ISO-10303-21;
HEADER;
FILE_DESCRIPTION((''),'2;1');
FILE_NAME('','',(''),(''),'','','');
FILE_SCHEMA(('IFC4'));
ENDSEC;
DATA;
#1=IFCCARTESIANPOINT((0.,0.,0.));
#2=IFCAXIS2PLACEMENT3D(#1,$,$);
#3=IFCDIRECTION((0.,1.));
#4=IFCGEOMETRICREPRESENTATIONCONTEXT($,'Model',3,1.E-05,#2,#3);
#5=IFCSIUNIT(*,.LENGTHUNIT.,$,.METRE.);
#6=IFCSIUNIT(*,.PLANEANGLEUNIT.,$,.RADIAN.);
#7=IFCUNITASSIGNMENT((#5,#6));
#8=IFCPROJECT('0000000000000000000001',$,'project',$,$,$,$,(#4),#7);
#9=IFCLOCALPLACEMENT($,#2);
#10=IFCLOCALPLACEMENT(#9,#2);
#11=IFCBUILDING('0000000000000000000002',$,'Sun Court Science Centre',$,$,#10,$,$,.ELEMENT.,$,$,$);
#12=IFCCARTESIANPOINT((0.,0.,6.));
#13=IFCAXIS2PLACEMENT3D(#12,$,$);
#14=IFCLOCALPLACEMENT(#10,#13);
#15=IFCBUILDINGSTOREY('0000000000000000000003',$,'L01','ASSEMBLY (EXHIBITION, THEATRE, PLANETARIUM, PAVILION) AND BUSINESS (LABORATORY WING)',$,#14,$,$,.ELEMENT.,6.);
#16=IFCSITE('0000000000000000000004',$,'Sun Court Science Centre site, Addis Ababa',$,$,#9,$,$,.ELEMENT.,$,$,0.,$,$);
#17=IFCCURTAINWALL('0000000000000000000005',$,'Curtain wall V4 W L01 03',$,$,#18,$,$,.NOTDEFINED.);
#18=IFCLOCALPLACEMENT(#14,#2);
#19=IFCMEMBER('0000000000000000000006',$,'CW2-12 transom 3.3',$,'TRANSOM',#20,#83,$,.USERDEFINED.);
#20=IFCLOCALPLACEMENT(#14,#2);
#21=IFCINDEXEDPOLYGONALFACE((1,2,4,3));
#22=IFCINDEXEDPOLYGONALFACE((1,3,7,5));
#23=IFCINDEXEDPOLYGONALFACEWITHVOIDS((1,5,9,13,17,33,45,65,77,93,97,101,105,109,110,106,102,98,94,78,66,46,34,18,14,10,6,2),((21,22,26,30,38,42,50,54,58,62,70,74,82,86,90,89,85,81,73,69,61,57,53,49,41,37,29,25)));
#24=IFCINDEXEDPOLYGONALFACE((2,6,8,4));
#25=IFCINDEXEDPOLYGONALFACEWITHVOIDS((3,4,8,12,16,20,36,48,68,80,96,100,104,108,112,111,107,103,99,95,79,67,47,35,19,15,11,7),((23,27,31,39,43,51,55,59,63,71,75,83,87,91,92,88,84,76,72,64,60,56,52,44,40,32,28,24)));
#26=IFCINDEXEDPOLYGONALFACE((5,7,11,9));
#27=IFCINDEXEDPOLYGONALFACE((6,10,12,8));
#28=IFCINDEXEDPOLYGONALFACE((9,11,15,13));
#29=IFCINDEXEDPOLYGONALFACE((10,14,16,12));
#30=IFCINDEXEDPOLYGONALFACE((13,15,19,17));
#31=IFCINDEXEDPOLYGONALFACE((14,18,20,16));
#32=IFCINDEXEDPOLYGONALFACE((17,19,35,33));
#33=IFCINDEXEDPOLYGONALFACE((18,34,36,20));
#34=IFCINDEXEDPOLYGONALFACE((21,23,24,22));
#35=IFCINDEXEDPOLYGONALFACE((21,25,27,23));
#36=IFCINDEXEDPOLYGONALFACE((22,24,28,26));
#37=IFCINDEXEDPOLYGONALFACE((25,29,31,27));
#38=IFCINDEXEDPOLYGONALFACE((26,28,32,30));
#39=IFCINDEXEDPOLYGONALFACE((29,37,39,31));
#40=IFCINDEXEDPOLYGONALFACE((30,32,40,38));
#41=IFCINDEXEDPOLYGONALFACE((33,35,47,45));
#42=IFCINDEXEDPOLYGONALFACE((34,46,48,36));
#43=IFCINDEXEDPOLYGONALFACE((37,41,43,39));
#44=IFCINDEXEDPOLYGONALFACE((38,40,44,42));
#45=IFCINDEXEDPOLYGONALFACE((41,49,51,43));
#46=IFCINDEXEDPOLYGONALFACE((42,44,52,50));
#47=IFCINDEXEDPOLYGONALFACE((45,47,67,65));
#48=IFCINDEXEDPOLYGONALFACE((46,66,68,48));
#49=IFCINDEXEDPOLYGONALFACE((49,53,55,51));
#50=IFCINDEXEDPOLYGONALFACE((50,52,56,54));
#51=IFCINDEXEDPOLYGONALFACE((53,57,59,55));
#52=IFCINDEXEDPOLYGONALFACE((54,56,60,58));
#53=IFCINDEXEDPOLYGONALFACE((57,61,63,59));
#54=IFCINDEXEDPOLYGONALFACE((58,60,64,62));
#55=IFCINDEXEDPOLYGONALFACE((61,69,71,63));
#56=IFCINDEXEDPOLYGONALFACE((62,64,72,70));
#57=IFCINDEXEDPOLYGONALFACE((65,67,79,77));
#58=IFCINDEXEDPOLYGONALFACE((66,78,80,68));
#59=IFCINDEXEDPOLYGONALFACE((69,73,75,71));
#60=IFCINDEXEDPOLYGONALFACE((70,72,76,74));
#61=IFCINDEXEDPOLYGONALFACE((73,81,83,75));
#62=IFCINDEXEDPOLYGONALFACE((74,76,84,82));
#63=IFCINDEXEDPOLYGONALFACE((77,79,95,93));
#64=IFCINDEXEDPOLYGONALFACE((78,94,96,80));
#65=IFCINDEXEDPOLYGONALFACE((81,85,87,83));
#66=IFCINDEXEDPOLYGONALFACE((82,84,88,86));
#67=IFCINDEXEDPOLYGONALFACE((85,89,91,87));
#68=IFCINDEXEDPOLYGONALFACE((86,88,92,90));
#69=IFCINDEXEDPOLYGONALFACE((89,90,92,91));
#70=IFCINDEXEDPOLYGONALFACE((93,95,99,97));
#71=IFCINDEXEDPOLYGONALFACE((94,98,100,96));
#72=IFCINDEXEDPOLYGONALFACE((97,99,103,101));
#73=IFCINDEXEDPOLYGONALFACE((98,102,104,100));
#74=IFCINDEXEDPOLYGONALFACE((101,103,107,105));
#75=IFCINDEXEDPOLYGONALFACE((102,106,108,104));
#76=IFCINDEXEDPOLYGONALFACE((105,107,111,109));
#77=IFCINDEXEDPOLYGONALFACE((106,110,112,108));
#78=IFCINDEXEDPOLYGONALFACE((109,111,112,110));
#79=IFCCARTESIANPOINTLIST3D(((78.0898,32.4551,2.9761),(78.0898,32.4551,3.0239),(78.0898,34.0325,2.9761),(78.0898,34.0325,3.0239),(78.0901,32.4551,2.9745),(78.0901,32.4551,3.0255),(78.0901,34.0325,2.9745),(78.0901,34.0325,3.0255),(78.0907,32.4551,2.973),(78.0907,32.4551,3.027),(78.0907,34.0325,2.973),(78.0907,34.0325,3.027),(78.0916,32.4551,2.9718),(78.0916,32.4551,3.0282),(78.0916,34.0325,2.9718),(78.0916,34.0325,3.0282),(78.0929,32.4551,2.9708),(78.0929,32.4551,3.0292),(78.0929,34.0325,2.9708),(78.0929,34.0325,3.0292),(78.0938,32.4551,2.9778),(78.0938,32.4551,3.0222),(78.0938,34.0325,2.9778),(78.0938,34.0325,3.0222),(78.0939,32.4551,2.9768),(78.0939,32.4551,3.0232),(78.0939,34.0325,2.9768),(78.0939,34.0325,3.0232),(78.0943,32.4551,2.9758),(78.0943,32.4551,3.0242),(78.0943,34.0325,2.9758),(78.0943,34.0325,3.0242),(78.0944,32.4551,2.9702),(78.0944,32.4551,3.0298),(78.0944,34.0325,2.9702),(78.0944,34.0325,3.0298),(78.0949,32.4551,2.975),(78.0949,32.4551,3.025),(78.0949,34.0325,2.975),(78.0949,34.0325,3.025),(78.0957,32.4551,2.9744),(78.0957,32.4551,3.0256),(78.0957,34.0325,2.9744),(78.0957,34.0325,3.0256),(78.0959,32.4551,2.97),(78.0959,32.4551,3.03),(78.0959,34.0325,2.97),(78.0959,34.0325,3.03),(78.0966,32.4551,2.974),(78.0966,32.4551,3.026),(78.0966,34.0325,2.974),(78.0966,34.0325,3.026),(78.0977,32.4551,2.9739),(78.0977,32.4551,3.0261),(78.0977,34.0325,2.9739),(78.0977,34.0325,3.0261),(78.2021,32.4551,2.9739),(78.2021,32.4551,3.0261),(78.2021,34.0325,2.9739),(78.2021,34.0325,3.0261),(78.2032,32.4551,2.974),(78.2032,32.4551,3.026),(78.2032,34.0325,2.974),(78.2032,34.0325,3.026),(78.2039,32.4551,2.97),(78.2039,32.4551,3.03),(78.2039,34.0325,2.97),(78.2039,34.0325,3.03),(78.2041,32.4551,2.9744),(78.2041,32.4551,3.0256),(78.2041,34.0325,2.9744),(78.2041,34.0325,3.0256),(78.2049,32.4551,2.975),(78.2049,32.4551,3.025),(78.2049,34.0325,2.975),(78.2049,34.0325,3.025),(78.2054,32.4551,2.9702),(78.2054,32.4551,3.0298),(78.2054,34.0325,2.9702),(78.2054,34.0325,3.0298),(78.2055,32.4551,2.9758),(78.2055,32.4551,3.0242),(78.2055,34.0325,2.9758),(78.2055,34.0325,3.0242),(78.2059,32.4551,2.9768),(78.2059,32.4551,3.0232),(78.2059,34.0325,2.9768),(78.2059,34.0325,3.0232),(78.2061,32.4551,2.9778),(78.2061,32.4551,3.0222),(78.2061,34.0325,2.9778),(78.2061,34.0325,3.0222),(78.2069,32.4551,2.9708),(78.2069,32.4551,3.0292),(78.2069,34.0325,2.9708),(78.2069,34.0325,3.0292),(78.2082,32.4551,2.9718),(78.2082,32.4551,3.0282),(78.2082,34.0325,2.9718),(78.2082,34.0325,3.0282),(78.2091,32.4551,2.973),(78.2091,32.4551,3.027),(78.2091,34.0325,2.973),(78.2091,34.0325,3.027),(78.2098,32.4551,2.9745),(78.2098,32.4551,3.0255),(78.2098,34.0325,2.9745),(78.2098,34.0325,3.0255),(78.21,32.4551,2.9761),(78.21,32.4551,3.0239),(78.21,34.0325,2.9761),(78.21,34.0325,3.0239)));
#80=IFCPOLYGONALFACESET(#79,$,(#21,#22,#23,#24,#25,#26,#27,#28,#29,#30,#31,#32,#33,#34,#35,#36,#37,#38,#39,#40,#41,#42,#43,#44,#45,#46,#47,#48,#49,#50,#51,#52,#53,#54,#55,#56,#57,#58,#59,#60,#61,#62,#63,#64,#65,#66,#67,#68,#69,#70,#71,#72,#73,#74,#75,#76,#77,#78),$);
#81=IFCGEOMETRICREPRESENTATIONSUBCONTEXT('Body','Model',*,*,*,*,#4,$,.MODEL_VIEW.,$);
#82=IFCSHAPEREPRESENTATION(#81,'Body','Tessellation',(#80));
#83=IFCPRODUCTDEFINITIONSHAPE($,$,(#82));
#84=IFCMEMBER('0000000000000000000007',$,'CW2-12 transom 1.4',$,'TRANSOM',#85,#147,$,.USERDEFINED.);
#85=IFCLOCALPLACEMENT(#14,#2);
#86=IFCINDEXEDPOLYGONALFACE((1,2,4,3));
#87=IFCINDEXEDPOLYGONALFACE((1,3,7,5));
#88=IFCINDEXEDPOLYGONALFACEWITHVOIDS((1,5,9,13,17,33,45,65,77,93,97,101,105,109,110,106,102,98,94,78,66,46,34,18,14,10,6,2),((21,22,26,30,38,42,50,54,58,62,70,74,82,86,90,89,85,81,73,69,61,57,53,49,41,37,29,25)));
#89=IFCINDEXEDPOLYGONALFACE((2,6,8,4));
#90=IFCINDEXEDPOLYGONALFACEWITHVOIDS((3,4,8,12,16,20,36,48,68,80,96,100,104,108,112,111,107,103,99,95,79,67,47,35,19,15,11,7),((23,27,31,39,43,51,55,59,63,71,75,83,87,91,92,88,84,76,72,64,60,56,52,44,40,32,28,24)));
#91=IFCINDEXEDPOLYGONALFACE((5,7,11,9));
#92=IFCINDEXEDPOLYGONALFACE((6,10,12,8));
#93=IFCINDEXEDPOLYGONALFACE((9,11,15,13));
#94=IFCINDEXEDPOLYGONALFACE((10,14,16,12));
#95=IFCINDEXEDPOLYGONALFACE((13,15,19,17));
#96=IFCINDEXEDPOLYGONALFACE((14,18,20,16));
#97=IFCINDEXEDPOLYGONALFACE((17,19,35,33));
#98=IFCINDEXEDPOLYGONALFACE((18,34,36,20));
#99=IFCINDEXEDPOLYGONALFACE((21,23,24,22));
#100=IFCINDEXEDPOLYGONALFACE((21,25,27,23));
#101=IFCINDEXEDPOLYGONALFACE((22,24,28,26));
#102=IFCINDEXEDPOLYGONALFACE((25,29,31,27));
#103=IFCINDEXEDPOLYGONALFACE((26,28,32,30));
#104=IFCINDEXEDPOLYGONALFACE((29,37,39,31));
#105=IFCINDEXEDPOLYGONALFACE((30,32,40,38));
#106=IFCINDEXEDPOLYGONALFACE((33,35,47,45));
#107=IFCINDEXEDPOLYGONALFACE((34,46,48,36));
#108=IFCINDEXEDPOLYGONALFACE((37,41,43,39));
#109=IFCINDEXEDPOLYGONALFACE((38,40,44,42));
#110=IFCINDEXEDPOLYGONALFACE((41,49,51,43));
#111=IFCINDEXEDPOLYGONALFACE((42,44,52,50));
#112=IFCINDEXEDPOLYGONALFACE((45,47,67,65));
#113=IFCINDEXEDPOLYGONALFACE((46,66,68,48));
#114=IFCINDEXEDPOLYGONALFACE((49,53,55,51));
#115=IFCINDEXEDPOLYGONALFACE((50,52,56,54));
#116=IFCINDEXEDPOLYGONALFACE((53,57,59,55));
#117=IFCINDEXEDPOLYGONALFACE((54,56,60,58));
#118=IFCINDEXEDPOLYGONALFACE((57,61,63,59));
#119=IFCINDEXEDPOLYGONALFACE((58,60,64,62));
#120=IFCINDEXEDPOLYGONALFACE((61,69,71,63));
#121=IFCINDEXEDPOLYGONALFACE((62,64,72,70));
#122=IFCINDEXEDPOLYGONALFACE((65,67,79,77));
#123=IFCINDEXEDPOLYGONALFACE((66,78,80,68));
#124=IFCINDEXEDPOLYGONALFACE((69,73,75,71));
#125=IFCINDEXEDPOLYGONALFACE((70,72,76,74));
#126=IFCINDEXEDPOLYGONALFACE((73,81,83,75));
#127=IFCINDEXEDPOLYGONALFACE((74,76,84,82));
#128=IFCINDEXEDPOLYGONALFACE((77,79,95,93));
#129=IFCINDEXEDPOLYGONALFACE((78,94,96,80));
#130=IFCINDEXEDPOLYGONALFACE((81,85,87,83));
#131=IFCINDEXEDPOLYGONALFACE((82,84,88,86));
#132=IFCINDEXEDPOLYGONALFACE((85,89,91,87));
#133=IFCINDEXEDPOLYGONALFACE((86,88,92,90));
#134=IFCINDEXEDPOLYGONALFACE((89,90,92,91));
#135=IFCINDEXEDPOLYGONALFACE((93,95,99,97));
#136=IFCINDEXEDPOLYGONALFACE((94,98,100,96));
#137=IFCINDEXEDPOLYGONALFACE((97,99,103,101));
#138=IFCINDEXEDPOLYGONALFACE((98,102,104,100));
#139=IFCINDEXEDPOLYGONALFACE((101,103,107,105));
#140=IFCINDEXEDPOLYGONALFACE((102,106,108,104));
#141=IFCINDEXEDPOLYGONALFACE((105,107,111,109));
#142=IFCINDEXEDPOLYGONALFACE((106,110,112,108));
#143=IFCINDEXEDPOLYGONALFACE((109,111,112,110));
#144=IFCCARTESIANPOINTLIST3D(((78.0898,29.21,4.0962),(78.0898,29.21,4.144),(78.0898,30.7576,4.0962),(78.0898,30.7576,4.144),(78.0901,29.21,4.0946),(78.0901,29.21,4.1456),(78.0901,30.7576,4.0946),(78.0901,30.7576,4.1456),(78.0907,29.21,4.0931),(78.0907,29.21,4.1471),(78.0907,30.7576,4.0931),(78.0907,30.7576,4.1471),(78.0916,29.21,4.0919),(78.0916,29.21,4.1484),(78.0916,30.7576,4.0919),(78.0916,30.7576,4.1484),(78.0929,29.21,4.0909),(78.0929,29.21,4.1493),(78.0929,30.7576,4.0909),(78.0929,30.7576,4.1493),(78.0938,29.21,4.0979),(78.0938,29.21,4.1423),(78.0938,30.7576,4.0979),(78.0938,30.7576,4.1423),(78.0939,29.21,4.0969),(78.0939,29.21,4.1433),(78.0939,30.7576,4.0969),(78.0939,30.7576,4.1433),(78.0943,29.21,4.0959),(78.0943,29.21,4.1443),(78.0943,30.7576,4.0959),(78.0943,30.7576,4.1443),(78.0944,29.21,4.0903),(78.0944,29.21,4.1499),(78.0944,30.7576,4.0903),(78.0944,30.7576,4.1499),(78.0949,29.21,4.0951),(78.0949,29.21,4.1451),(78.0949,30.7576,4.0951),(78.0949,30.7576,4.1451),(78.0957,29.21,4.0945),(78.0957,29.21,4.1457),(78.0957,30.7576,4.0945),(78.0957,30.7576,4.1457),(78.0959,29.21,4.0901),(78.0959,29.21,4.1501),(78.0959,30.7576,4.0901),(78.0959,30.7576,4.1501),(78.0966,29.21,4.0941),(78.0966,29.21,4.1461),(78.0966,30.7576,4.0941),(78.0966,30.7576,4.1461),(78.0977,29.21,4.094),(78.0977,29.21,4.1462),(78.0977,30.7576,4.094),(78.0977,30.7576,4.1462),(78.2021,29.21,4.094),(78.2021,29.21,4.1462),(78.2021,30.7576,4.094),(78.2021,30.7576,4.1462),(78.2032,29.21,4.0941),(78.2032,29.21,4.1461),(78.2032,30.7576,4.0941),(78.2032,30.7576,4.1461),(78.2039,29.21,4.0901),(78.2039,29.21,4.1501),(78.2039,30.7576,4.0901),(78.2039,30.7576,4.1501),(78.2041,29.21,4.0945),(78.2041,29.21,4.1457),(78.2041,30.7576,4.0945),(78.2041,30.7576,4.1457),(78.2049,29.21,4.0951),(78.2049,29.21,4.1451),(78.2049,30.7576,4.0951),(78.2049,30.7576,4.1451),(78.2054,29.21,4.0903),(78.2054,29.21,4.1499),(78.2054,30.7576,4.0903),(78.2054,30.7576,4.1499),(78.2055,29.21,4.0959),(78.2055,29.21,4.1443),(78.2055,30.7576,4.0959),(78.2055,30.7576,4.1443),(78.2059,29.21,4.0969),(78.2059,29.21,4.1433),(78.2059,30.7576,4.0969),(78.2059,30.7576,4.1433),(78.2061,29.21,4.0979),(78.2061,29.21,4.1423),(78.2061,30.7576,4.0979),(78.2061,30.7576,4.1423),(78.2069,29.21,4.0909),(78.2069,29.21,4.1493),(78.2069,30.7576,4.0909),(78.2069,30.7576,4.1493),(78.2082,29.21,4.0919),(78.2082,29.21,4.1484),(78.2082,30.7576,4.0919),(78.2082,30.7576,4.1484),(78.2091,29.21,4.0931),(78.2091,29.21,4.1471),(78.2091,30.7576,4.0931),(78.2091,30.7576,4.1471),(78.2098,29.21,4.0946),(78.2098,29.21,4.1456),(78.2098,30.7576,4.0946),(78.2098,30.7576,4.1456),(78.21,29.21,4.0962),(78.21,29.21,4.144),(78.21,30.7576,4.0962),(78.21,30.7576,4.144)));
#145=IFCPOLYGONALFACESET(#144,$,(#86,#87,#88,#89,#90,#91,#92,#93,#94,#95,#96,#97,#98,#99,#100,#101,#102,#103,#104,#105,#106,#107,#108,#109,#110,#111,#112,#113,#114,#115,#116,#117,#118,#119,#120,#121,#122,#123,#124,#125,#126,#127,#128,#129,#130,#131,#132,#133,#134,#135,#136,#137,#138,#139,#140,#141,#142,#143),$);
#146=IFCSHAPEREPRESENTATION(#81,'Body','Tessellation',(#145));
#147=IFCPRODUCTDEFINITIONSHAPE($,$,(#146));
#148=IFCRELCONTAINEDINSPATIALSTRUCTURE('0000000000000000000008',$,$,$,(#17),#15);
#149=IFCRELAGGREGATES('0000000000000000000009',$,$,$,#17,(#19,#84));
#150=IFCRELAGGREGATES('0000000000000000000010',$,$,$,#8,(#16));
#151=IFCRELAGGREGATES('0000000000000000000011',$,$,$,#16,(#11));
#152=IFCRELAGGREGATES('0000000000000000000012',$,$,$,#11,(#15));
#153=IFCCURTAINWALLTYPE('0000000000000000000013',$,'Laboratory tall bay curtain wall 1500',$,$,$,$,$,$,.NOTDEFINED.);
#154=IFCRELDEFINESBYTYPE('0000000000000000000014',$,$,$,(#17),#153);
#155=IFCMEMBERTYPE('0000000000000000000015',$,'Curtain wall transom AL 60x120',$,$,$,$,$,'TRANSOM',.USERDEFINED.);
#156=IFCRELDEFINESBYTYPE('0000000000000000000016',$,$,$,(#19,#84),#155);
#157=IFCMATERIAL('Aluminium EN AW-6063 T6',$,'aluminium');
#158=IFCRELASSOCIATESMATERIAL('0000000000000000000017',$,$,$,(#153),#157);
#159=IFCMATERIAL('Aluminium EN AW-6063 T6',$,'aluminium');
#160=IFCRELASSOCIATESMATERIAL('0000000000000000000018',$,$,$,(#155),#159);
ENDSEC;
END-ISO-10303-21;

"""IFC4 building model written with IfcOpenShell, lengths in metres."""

from ifc_helpers import new_model, si_unit, direction, frame, origin, origin_2d, place, context, subcontext, project, spatial, hollow_rectangle, extrude, material, material_profile, profile_set, type_object, element, aggregate, save


model = new_model("IFC4")

# Units and contexts
model_context = context("Model", 3, precision=1e-05, world=origin(), true_north=direction((0.0, 1.0)))
body_context = subcontext(model_context, "Body", "Model", "MODEL_VIEW")
ifc_project = project(units=[si_unit("LENGTHUNIT", "METRE"), si_unit("PLANEANGLEUNIT", "RADIAN")], contexts=[model_context])

# Site, building, storey
site_placement = place(None, origin())
site = spatial("IfcSite", under=ifc_project, at=site_placement, Name="Sun Court Science Centre site, Addis Ababa", CompositionType="ELEMENT", RefElevation=0.0)
building_placement = place(site_placement, origin())
building = spatial("IfcBuilding", under=site, at=building_placement, Name="Sun Court Science Centre", CompositionType="ELEMENT")
storey_placement = place(building_placement, frame((0.0, 0.0, 6.0)))
storey = spatial("IfcBuildingStorey", under=building, at=storey_placement, Name="L01", Description="ASSEMBLY (EXHIBITION, THEATRE, PLANETARIUM, PAVILION) AND BUSINESS (LABORATORY WING)", CompositionType="ELEMENT", Elevation=6.0)

# Curtain wall
ifc_material_1 = material(Name="Aluminium EN AW-6063 T6", Category="aluminium")
curtain_wall_type = type_object("IfcCurtainWallType", Name="Laboratory tall bay curtain wall 1500", PredefinedType="NOTDEFINED", material=ifc_material_1)
curtain_wall_1_placement = place(storey_placement, origin())
curtain_wall_1 = element("IfcCurtainWall", 1, at=curtain_wall_1_placement, inside=storey, type_object=curtain_wall_type, Name="Curtain wall V4 W L01 03", PredefinedType="NOTDEFINED")

# Members
ifc_material_2 = material(Name="Aluminium EN AW-6063 T6", Category="aluminium")
ifc_material_profile_1 = material_profile(ifc_material_2, hollow_rectangle(XDim=0.0601, YDim=0.1201, WallThickness=0.0039, InnerFilletRadius=0.0039, OuterFilletRadius=0.0061, at=origin_2d()), Name="AL 60x120x4")
ifc_profile_set_1 = profile_set([ifc_material_profile_1], Name="Aluminium EN AW-6063 T6")
member_type_1 = type_object("IfcMemberType", Name="Curtain wall transom AL 60x120", ElementType="TRANSOM", PredefinedType="USERDEFINED", material=ifc_profile_set_1)
member_1_placement = place(storey_placement, frame((78.1499, 32.4551, 3.0), z_axis=(0.0, 1.0, 0.0), x_axis=(0.0, 0.0, 1.0)))
member_1 = element("IfcMember", 2, at=member_1_placement, type_object=member_type_1, Name="CW2-12 transom 3.3", ObjectType="TRANSOM", PredefinedType="USERDEFINED", context=body_context, shape_type="SweptSolid", body=[
    extrude(hollow_rectangle(XDim=0.0601, YDim=0.1201, WallThickness=0.0039, InnerFilletRadius=0.0039, OuterFilletRadius=0.0061, at=origin_2d()), origin(), (0.0, 0.0, 1.0), 1.5774),
])
member_2_placement = place(storey_placement, frame((78.1499, 29.21, 4.1201), z_axis=(0.0, 1.0, 0.0), x_axis=(0.0, 0.0, 1.0)))
member_2 = element("IfcMember", 3, at=member_2_placement, type_object=member_type_1, Name="CW2-12 transom 1.4", ObjectType="TRANSOM", PredefinedType="USERDEFINED", context=body_context, shape_type="SweptSolid", body=[
    extrude(hollow_rectangle(XDim=0.0601, YDim=0.1201, WallThickness=0.0039, InnerFilletRadius=0.0039, OuterFilletRadius=0.0061, at=origin_2d()), origin(), (0.0, 0.0, 1.0), 1.5476),
])

aggregate(curtain_wall_1, [member_1, member_2])

save(model, "model.ifc")
